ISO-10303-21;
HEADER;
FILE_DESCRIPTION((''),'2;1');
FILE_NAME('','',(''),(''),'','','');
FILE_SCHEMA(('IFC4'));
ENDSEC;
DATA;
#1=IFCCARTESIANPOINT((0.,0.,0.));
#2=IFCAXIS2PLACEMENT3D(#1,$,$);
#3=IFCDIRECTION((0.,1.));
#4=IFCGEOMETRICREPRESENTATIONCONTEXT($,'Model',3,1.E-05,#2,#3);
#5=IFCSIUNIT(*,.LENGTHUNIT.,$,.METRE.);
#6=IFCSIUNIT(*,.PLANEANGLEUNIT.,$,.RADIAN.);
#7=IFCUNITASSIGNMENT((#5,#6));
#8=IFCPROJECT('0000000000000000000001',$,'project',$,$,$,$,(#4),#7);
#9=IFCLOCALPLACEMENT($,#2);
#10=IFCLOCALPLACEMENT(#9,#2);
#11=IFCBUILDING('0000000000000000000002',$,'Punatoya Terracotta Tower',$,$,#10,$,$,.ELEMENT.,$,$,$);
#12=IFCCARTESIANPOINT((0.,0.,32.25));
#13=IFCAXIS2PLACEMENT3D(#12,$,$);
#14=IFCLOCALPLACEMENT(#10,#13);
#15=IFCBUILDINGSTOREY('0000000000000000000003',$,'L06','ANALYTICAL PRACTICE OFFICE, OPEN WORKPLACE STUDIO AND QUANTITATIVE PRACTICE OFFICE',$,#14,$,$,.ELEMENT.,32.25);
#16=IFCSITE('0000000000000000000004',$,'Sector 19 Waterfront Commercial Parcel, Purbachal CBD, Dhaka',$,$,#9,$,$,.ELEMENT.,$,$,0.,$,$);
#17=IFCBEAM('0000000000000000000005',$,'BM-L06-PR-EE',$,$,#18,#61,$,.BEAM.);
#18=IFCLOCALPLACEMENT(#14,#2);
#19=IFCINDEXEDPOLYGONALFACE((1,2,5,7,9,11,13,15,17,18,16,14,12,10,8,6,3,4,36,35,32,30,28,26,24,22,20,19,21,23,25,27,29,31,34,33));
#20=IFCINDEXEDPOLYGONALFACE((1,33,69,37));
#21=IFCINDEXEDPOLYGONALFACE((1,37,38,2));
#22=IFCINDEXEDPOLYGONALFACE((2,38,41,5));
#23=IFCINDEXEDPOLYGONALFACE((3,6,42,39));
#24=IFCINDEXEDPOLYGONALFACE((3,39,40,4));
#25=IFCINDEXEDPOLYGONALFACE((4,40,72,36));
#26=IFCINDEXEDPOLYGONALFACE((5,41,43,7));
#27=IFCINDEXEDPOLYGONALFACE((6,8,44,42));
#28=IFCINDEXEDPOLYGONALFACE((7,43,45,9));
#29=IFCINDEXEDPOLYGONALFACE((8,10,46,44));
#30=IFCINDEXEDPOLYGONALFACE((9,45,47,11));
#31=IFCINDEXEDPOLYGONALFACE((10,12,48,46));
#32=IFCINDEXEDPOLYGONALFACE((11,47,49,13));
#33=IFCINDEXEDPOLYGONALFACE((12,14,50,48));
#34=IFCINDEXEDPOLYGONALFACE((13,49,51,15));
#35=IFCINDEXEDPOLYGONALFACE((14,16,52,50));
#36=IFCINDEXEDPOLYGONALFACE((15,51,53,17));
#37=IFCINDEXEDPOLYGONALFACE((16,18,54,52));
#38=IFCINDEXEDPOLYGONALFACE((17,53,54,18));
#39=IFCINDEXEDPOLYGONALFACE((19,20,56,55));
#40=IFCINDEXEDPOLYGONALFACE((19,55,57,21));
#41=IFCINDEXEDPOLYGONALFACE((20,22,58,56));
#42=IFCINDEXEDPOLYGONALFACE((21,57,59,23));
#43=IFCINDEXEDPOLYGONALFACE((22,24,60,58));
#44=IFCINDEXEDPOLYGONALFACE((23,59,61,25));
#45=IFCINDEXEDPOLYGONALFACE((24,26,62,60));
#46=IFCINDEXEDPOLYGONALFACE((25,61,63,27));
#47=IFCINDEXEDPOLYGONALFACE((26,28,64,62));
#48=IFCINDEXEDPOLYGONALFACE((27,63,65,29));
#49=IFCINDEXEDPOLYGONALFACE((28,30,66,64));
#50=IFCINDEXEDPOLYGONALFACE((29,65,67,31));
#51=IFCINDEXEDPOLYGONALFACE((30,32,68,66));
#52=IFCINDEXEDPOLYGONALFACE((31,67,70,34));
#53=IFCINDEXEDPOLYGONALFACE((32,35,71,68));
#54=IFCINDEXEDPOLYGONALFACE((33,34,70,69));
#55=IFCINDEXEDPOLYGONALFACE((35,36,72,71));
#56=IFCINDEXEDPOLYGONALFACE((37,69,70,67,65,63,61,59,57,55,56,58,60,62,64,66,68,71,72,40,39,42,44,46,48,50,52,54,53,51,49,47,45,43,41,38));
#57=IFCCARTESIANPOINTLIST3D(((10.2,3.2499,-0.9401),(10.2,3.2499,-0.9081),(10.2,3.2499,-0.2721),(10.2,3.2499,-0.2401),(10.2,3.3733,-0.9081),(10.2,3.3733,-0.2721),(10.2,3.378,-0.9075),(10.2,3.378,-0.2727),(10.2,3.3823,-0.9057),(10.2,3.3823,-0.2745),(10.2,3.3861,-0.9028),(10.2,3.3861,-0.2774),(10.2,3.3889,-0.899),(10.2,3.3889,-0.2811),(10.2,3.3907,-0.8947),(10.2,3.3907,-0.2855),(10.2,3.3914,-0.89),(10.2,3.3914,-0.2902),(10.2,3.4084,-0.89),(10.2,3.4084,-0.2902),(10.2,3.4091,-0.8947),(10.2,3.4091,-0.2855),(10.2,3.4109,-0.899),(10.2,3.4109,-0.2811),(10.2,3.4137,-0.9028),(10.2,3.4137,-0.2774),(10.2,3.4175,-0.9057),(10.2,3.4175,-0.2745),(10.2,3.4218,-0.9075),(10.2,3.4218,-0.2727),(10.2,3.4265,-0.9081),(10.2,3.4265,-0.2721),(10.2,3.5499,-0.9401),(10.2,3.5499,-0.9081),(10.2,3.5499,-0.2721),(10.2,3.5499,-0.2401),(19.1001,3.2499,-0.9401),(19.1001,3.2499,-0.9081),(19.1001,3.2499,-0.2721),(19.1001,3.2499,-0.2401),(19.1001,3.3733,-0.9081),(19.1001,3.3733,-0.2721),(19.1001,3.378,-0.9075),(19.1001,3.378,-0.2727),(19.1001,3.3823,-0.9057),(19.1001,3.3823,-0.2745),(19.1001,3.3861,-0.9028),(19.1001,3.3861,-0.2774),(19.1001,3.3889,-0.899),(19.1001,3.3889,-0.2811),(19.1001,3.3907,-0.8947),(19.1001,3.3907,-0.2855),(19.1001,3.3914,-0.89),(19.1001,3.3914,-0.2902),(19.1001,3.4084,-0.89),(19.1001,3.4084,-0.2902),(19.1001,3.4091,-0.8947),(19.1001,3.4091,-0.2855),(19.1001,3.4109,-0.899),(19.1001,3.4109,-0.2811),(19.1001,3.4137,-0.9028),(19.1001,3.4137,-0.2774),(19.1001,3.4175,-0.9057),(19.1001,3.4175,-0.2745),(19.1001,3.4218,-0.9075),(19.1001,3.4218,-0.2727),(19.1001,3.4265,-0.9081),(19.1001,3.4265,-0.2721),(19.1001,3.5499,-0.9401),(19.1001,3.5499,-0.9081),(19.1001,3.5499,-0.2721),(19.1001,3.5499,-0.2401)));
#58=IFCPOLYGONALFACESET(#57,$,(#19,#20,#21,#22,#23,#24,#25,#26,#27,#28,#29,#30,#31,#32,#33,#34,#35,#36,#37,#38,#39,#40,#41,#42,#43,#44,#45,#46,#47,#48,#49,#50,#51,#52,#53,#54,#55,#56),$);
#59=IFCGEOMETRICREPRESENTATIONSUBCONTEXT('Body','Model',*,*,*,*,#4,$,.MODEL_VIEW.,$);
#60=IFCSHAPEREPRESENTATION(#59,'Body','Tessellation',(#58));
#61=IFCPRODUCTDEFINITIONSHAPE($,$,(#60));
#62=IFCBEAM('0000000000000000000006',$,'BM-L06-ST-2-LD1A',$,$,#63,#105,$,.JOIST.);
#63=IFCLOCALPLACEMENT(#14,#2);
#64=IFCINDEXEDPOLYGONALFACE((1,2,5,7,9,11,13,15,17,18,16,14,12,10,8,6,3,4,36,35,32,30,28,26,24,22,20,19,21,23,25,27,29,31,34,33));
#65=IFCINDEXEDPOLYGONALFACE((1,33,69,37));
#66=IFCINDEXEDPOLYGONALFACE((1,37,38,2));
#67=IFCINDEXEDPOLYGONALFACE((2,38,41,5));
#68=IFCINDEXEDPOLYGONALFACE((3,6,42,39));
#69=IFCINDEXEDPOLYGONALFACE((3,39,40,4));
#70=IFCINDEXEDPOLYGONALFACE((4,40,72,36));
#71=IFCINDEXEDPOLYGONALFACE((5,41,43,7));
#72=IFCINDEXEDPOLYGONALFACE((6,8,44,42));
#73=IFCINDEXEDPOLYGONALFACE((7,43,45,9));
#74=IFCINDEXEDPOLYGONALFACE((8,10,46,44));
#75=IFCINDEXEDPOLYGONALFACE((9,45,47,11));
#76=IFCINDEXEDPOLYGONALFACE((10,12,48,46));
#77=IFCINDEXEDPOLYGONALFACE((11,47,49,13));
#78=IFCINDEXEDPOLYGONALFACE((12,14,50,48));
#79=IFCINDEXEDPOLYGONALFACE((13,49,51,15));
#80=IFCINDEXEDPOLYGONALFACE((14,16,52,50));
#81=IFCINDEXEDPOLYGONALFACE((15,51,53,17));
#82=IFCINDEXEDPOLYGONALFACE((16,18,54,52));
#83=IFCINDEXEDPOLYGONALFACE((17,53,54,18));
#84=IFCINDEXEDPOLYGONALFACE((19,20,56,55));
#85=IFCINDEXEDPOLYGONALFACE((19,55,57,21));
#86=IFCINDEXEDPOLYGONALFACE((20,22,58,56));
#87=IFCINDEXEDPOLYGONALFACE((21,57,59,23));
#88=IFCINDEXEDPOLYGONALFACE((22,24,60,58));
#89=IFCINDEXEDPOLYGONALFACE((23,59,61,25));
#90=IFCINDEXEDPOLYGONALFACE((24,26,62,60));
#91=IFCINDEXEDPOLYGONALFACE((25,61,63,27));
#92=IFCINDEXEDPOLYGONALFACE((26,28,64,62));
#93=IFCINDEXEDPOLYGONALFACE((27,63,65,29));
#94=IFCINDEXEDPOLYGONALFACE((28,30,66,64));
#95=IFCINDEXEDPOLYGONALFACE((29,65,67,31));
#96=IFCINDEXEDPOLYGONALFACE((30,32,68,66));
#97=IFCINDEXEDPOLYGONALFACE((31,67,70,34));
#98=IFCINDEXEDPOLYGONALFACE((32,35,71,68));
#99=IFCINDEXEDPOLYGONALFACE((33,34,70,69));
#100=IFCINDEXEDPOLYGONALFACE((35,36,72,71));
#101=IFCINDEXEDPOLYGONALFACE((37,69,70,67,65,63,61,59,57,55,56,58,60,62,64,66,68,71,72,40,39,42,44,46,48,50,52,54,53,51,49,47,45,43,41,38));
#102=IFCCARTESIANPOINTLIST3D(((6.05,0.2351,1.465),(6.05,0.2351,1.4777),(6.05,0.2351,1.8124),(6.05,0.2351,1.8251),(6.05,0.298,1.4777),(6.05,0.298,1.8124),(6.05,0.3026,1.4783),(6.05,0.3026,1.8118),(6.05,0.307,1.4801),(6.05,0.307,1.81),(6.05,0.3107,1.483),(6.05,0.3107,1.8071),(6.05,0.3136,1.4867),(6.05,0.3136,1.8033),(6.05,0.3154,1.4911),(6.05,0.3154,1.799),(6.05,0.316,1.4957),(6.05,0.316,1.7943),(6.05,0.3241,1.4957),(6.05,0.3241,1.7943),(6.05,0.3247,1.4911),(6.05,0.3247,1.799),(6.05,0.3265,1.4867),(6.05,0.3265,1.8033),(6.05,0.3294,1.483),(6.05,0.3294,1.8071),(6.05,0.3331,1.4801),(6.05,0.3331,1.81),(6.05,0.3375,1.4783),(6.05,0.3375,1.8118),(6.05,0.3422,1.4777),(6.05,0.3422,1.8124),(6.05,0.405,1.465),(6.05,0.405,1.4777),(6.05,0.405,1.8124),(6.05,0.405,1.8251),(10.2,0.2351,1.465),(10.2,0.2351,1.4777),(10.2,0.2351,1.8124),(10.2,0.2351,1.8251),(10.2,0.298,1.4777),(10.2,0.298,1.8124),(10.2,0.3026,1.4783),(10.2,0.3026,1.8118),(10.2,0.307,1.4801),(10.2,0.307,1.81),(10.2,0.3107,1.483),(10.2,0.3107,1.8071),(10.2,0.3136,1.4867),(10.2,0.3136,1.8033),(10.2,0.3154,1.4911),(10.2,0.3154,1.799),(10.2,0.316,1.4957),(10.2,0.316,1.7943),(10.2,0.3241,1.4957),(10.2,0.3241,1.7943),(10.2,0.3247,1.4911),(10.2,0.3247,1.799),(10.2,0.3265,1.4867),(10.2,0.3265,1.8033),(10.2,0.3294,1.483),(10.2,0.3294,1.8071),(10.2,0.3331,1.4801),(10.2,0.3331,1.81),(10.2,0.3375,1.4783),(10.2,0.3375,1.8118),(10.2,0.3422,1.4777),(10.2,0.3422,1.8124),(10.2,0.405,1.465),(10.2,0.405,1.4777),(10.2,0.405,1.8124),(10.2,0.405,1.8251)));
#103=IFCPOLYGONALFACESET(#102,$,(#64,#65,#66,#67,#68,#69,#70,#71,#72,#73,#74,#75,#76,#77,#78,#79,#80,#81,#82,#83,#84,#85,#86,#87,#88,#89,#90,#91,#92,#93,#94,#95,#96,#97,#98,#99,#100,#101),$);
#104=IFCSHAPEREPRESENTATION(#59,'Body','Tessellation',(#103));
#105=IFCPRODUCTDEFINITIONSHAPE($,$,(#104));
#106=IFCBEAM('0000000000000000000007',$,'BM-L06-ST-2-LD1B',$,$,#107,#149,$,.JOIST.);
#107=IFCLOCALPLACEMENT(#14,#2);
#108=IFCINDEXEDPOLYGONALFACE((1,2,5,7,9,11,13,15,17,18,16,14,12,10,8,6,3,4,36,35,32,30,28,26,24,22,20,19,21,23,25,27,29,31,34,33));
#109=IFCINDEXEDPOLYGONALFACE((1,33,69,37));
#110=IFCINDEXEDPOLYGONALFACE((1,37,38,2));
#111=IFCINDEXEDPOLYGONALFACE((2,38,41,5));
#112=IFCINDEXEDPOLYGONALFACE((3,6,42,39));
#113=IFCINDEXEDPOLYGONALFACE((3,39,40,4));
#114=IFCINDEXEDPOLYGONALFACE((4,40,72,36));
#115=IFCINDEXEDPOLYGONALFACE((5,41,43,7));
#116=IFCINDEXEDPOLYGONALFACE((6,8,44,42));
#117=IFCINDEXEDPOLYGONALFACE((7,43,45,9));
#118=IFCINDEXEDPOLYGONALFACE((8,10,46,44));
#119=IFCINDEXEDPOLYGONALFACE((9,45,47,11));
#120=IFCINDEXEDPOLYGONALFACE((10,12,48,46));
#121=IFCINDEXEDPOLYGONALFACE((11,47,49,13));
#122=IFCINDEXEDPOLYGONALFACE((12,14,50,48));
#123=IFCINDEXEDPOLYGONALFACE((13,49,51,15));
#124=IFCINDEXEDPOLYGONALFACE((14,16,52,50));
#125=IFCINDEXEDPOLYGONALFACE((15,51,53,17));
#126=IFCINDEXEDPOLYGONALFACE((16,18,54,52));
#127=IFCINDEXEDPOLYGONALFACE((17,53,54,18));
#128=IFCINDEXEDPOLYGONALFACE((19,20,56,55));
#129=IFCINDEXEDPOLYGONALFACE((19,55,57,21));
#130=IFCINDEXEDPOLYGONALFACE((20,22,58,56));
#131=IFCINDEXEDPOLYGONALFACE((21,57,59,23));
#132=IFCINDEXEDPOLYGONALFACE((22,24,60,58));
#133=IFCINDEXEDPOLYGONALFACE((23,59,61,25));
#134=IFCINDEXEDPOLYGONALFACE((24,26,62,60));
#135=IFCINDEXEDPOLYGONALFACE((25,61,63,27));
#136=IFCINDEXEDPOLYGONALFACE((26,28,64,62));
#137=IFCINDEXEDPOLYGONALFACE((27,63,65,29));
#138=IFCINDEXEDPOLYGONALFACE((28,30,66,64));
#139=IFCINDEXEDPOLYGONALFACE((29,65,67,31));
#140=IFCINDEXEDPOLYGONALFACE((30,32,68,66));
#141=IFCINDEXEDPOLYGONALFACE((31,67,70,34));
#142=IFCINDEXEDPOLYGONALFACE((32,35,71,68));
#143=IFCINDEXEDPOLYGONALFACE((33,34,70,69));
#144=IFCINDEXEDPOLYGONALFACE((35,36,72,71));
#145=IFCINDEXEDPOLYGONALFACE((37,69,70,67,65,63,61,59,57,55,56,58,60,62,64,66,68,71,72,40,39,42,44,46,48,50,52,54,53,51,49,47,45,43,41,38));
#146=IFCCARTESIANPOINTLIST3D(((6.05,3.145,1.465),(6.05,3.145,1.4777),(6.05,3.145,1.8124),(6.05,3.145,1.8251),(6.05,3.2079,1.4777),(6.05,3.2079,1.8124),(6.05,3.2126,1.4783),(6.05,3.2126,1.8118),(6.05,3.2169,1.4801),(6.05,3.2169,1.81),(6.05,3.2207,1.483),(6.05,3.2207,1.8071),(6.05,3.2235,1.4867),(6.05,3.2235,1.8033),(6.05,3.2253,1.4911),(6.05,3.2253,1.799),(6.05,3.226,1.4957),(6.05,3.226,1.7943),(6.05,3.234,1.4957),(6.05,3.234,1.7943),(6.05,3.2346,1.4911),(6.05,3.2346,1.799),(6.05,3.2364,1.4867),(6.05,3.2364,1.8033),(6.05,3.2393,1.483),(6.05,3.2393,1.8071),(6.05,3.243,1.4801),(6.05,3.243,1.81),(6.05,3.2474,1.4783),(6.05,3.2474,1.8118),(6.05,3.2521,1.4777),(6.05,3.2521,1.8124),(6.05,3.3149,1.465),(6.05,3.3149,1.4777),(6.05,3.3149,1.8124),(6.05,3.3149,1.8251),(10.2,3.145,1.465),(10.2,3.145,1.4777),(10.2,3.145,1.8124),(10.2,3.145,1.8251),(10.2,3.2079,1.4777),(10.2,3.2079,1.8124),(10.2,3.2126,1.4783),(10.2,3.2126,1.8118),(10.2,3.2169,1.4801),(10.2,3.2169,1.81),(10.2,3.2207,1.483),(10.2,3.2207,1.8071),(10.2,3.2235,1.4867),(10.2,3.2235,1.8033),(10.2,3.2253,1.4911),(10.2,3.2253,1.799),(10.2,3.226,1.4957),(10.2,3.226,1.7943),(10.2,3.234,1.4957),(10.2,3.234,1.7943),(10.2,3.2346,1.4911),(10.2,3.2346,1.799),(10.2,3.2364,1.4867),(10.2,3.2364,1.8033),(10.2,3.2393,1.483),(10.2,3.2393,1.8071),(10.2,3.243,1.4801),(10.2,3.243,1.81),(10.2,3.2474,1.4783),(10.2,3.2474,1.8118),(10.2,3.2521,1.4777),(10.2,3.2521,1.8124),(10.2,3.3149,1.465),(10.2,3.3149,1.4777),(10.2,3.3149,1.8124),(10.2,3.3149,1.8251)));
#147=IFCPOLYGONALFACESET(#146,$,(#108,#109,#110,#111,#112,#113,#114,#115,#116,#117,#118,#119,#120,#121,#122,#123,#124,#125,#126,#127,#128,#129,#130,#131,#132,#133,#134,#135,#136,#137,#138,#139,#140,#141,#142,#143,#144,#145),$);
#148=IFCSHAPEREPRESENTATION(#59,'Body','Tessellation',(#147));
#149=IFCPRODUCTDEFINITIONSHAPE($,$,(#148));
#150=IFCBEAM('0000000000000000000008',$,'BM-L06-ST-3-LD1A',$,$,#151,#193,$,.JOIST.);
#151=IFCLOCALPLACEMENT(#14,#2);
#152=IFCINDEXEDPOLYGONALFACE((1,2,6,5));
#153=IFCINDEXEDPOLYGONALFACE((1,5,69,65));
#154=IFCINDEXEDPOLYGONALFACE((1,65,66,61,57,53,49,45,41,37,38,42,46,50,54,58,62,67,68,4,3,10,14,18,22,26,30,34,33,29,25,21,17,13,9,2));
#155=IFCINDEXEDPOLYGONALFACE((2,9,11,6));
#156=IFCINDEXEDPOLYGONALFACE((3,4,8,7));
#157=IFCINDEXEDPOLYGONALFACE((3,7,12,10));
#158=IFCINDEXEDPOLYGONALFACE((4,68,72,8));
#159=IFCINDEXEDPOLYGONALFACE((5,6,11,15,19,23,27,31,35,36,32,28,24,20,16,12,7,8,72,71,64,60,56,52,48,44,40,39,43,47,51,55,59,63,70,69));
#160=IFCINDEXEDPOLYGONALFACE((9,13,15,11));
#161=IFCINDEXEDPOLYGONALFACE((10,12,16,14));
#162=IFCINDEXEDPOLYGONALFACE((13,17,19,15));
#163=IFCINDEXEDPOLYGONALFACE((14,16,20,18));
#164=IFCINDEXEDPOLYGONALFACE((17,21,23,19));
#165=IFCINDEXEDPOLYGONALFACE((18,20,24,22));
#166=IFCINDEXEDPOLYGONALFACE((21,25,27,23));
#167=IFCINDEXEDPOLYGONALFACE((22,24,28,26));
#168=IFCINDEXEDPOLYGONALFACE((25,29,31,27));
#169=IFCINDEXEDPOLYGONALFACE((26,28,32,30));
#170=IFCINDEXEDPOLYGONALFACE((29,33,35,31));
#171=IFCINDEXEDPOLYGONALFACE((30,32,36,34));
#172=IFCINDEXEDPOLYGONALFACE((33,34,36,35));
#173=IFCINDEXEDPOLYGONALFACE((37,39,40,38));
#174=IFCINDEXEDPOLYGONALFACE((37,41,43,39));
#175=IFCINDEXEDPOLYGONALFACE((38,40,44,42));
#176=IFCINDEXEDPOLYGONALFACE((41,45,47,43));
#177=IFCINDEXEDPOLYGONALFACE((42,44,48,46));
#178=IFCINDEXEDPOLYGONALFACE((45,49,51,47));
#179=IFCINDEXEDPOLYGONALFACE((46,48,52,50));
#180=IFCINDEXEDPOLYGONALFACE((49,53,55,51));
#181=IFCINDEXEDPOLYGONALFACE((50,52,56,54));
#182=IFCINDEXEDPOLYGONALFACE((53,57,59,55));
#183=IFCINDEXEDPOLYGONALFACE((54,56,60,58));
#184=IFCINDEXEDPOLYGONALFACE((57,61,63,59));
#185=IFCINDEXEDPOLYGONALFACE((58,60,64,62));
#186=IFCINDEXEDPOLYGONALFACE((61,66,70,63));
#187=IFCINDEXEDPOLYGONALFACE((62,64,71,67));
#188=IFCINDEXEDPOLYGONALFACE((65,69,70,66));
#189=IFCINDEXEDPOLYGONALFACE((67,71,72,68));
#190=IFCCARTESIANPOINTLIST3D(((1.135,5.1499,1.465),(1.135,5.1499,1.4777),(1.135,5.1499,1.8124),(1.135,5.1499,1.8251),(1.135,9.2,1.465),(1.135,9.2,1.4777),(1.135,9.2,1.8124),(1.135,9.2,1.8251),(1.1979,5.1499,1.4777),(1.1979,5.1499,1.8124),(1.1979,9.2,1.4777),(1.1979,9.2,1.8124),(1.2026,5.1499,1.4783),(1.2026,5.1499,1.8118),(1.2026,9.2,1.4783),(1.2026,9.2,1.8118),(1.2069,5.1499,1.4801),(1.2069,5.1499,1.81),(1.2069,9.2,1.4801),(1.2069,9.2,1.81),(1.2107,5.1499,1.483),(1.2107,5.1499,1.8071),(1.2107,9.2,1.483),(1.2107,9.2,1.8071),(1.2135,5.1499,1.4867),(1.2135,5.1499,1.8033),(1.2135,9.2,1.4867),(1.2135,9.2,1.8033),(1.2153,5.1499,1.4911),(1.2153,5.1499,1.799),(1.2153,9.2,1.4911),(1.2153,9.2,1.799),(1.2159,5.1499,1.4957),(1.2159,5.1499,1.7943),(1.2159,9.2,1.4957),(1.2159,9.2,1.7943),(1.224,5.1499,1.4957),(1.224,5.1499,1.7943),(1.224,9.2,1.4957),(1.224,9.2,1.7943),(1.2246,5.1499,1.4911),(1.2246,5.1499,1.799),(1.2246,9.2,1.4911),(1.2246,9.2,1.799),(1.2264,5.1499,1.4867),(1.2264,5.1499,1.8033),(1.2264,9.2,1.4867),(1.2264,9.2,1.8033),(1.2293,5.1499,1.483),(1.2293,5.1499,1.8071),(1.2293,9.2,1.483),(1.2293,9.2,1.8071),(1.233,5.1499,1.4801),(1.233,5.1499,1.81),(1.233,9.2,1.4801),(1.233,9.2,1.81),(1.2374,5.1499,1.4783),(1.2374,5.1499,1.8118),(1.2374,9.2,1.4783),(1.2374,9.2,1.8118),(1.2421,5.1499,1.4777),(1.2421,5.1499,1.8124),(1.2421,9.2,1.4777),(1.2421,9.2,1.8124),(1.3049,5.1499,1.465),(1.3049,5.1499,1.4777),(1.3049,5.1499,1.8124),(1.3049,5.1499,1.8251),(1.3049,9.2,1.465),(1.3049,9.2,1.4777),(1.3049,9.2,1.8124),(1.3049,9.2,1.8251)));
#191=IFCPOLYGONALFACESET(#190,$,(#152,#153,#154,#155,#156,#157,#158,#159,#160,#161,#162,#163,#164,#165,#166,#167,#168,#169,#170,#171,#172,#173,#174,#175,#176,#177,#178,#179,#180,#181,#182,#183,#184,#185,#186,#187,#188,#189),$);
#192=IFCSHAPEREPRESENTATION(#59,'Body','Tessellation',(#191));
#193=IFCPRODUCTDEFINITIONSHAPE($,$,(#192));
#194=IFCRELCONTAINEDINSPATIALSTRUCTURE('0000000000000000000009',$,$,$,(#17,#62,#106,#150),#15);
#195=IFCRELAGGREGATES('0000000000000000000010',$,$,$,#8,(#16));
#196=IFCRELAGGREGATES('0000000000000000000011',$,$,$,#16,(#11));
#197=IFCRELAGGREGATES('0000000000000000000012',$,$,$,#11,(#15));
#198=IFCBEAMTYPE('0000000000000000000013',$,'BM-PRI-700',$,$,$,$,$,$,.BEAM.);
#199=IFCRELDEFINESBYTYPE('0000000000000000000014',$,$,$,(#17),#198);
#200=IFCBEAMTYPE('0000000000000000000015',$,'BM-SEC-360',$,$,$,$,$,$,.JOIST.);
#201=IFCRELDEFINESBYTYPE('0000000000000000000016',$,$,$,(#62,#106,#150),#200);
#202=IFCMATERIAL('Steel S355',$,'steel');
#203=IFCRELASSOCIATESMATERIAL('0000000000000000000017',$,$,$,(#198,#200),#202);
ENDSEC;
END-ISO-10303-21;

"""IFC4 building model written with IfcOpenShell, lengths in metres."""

from ifc_helpers import new_model, si_unit, direction, frame, origin, origin_2d, place, context, subcontext, project, spatial, i_section, extrude, material, material_profile, profile_set, type_object, element, save


model = new_model("IFC4")

# Units and contexts
model_context = context("Model", 3, precision=1e-05, world=origin(), true_north=direction((0.0, 1.0)))
body_context = subcontext(model_context, "Body", "Model", "MODEL_VIEW")
ifc_project = project(units=[si_unit("LENGTHUNIT", "METRE"), si_unit("PLANEANGLEUNIT", "RADIAN")], contexts=[model_context])

# Site, building, storey
site_placement = place(None, origin())
site = spatial("IfcSite", under=ifc_project, at=site_placement, Name="Sector 19 Waterfront Commercial Parcel, Purbachal CBD, Dhaka", CompositionType="ELEMENT", RefElevation=0.0)
building_placement = place(site_placement, origin())
building = spatial("IfcBuilding", under=site, at=building_placement, Name="Punatoya Terracotta Tower", CompositionType="ELEMENT")
storey_placement = place(building_placement, frame((0.0, 0.0, 32.25)))
storey = spatial("IfcBuildingStorey", under=building, at=storey_placement, Name="L06", Description="ANALYTICAL PRACTICE OFFICE, OPEN WORKPLACE STUDIO AND QUANTITATIVE PRACTICE OFFICE", CompositionType="ELEMENT", Elevation=32.25)

# Beams
ifc_material_1 = material(Name="Steel S355", Category="steel")
ifc_material_profile_1 = material_profile(ifc_material_1, i_section(OverallWidth=0.3, OverallDepth=0.7, WebThickness=0.0171, FlangeThickness=0.032, FilletRadius=0.0181, at=origin_2d()))
ifc_profile_set_1 = profile_set([ifc_material_profile_1], Name="Steel S355")
beam_type_1 = type_object("IfcBeamType", Name="BM-PRI-700", PredefinedType="BEAM", material=ifc_profile_set_1)
beam_placement = place(storey_placement, frame((10.2, 3.3999, -0.5901), z_axis=(1.0, 0.0, 0.0), x_axis=(0.0, 1.0, 0.0)))
element("IfcBeam", 1, at=beam_placement, inside=storey, type_object=beam_type_1, Name="BM-L06-PR-EE", PredefinedType="BEAM", context=body_context, shape_type="SweptSolid", body=[
    extrude(i_section(OverallWidth=0.3, OverallDepth=0.7, WebThickness=0.0171, FlangeThickness=0.032, FilletRadius=0.0181, at=origin_2d()), origin(), (0.0, 0.0, 1.0), 8.9001),
])
ifc_material_profile_2 = material_profile(ifc_material_1, i_section(OverallWidth=0.1699, OverallDepth=0.3601, WebThickness=0.0081, FlangeThickness=0.0127, FilletRadius=0.0181, at=origin_2d()))
ifc_profile_set_2 = profile_set([ifc_material_profile_2], Name="Steel S355")
beam_type_2 = type_object("IfcBeamType", Name="BM-SEC-360", PredefinedType="JOIST", material=ifc_profile_set_2)
for number, where, z_axis, x_axis, name in (
    (2, (6.05, 0.3201, 1.645), (1.0, 0.0, 0.0), (0.0, 1.0, 0.0), "BM-L06-ST-2-LD1A"),
    (3, (6.05, 3.23, 1.645), (1.0, 0.0, 0.0), (0.0, 1.0, 0.0), "BM-L06-ST-2-LD1B"),
):
    element("IfcBeam", number, at=place(storey_placement, frame(where, z_axis=z_axis, x_axis=x_axis)), inside=storey, type_object=beam_type_2, Name=name, PredefinedType="JOIST", context=body_context, shape_type="SweptSolid", body=[
        extrude(i_section(OverallWidth=0.1699, OverallDepth=0.3601, WebThickness=0.0081, FlangeThickness=0.0127, FilletRadius=0.0181, at=origin_2d()), origin(), (0.0, 0.0, 1.0), 4.1499),
    ])
for number, where, z_axis, x_axis, name in (
    (4, (1.22, 5.1499, 1.645), (0.0, 1.0, 0.0), (-1.0, 0.0, 0.0), "BM-L06-ST-3-LD1A"),
):
    element("IfcBeam", number, at=place(storey_placement, frame(where, z_axis=z_axis, x_axis=x_axis)), inside=storey, type_object=beam_type_2, Name=name, PredefinedType="JOIST", context=body_context, shape_type="SweptSolid", body=[
        extrude(i_section(OverallWidth=0.1699, OverallDepth=0.3601, WebThickness=0.0081, FlangeThickness=0.0127, FilletRadius=0.0181, at=origin_2d()), origin(), (0.0, 0.0, 1.0), 4.05),
    ])

save(model, "model.ifc")
